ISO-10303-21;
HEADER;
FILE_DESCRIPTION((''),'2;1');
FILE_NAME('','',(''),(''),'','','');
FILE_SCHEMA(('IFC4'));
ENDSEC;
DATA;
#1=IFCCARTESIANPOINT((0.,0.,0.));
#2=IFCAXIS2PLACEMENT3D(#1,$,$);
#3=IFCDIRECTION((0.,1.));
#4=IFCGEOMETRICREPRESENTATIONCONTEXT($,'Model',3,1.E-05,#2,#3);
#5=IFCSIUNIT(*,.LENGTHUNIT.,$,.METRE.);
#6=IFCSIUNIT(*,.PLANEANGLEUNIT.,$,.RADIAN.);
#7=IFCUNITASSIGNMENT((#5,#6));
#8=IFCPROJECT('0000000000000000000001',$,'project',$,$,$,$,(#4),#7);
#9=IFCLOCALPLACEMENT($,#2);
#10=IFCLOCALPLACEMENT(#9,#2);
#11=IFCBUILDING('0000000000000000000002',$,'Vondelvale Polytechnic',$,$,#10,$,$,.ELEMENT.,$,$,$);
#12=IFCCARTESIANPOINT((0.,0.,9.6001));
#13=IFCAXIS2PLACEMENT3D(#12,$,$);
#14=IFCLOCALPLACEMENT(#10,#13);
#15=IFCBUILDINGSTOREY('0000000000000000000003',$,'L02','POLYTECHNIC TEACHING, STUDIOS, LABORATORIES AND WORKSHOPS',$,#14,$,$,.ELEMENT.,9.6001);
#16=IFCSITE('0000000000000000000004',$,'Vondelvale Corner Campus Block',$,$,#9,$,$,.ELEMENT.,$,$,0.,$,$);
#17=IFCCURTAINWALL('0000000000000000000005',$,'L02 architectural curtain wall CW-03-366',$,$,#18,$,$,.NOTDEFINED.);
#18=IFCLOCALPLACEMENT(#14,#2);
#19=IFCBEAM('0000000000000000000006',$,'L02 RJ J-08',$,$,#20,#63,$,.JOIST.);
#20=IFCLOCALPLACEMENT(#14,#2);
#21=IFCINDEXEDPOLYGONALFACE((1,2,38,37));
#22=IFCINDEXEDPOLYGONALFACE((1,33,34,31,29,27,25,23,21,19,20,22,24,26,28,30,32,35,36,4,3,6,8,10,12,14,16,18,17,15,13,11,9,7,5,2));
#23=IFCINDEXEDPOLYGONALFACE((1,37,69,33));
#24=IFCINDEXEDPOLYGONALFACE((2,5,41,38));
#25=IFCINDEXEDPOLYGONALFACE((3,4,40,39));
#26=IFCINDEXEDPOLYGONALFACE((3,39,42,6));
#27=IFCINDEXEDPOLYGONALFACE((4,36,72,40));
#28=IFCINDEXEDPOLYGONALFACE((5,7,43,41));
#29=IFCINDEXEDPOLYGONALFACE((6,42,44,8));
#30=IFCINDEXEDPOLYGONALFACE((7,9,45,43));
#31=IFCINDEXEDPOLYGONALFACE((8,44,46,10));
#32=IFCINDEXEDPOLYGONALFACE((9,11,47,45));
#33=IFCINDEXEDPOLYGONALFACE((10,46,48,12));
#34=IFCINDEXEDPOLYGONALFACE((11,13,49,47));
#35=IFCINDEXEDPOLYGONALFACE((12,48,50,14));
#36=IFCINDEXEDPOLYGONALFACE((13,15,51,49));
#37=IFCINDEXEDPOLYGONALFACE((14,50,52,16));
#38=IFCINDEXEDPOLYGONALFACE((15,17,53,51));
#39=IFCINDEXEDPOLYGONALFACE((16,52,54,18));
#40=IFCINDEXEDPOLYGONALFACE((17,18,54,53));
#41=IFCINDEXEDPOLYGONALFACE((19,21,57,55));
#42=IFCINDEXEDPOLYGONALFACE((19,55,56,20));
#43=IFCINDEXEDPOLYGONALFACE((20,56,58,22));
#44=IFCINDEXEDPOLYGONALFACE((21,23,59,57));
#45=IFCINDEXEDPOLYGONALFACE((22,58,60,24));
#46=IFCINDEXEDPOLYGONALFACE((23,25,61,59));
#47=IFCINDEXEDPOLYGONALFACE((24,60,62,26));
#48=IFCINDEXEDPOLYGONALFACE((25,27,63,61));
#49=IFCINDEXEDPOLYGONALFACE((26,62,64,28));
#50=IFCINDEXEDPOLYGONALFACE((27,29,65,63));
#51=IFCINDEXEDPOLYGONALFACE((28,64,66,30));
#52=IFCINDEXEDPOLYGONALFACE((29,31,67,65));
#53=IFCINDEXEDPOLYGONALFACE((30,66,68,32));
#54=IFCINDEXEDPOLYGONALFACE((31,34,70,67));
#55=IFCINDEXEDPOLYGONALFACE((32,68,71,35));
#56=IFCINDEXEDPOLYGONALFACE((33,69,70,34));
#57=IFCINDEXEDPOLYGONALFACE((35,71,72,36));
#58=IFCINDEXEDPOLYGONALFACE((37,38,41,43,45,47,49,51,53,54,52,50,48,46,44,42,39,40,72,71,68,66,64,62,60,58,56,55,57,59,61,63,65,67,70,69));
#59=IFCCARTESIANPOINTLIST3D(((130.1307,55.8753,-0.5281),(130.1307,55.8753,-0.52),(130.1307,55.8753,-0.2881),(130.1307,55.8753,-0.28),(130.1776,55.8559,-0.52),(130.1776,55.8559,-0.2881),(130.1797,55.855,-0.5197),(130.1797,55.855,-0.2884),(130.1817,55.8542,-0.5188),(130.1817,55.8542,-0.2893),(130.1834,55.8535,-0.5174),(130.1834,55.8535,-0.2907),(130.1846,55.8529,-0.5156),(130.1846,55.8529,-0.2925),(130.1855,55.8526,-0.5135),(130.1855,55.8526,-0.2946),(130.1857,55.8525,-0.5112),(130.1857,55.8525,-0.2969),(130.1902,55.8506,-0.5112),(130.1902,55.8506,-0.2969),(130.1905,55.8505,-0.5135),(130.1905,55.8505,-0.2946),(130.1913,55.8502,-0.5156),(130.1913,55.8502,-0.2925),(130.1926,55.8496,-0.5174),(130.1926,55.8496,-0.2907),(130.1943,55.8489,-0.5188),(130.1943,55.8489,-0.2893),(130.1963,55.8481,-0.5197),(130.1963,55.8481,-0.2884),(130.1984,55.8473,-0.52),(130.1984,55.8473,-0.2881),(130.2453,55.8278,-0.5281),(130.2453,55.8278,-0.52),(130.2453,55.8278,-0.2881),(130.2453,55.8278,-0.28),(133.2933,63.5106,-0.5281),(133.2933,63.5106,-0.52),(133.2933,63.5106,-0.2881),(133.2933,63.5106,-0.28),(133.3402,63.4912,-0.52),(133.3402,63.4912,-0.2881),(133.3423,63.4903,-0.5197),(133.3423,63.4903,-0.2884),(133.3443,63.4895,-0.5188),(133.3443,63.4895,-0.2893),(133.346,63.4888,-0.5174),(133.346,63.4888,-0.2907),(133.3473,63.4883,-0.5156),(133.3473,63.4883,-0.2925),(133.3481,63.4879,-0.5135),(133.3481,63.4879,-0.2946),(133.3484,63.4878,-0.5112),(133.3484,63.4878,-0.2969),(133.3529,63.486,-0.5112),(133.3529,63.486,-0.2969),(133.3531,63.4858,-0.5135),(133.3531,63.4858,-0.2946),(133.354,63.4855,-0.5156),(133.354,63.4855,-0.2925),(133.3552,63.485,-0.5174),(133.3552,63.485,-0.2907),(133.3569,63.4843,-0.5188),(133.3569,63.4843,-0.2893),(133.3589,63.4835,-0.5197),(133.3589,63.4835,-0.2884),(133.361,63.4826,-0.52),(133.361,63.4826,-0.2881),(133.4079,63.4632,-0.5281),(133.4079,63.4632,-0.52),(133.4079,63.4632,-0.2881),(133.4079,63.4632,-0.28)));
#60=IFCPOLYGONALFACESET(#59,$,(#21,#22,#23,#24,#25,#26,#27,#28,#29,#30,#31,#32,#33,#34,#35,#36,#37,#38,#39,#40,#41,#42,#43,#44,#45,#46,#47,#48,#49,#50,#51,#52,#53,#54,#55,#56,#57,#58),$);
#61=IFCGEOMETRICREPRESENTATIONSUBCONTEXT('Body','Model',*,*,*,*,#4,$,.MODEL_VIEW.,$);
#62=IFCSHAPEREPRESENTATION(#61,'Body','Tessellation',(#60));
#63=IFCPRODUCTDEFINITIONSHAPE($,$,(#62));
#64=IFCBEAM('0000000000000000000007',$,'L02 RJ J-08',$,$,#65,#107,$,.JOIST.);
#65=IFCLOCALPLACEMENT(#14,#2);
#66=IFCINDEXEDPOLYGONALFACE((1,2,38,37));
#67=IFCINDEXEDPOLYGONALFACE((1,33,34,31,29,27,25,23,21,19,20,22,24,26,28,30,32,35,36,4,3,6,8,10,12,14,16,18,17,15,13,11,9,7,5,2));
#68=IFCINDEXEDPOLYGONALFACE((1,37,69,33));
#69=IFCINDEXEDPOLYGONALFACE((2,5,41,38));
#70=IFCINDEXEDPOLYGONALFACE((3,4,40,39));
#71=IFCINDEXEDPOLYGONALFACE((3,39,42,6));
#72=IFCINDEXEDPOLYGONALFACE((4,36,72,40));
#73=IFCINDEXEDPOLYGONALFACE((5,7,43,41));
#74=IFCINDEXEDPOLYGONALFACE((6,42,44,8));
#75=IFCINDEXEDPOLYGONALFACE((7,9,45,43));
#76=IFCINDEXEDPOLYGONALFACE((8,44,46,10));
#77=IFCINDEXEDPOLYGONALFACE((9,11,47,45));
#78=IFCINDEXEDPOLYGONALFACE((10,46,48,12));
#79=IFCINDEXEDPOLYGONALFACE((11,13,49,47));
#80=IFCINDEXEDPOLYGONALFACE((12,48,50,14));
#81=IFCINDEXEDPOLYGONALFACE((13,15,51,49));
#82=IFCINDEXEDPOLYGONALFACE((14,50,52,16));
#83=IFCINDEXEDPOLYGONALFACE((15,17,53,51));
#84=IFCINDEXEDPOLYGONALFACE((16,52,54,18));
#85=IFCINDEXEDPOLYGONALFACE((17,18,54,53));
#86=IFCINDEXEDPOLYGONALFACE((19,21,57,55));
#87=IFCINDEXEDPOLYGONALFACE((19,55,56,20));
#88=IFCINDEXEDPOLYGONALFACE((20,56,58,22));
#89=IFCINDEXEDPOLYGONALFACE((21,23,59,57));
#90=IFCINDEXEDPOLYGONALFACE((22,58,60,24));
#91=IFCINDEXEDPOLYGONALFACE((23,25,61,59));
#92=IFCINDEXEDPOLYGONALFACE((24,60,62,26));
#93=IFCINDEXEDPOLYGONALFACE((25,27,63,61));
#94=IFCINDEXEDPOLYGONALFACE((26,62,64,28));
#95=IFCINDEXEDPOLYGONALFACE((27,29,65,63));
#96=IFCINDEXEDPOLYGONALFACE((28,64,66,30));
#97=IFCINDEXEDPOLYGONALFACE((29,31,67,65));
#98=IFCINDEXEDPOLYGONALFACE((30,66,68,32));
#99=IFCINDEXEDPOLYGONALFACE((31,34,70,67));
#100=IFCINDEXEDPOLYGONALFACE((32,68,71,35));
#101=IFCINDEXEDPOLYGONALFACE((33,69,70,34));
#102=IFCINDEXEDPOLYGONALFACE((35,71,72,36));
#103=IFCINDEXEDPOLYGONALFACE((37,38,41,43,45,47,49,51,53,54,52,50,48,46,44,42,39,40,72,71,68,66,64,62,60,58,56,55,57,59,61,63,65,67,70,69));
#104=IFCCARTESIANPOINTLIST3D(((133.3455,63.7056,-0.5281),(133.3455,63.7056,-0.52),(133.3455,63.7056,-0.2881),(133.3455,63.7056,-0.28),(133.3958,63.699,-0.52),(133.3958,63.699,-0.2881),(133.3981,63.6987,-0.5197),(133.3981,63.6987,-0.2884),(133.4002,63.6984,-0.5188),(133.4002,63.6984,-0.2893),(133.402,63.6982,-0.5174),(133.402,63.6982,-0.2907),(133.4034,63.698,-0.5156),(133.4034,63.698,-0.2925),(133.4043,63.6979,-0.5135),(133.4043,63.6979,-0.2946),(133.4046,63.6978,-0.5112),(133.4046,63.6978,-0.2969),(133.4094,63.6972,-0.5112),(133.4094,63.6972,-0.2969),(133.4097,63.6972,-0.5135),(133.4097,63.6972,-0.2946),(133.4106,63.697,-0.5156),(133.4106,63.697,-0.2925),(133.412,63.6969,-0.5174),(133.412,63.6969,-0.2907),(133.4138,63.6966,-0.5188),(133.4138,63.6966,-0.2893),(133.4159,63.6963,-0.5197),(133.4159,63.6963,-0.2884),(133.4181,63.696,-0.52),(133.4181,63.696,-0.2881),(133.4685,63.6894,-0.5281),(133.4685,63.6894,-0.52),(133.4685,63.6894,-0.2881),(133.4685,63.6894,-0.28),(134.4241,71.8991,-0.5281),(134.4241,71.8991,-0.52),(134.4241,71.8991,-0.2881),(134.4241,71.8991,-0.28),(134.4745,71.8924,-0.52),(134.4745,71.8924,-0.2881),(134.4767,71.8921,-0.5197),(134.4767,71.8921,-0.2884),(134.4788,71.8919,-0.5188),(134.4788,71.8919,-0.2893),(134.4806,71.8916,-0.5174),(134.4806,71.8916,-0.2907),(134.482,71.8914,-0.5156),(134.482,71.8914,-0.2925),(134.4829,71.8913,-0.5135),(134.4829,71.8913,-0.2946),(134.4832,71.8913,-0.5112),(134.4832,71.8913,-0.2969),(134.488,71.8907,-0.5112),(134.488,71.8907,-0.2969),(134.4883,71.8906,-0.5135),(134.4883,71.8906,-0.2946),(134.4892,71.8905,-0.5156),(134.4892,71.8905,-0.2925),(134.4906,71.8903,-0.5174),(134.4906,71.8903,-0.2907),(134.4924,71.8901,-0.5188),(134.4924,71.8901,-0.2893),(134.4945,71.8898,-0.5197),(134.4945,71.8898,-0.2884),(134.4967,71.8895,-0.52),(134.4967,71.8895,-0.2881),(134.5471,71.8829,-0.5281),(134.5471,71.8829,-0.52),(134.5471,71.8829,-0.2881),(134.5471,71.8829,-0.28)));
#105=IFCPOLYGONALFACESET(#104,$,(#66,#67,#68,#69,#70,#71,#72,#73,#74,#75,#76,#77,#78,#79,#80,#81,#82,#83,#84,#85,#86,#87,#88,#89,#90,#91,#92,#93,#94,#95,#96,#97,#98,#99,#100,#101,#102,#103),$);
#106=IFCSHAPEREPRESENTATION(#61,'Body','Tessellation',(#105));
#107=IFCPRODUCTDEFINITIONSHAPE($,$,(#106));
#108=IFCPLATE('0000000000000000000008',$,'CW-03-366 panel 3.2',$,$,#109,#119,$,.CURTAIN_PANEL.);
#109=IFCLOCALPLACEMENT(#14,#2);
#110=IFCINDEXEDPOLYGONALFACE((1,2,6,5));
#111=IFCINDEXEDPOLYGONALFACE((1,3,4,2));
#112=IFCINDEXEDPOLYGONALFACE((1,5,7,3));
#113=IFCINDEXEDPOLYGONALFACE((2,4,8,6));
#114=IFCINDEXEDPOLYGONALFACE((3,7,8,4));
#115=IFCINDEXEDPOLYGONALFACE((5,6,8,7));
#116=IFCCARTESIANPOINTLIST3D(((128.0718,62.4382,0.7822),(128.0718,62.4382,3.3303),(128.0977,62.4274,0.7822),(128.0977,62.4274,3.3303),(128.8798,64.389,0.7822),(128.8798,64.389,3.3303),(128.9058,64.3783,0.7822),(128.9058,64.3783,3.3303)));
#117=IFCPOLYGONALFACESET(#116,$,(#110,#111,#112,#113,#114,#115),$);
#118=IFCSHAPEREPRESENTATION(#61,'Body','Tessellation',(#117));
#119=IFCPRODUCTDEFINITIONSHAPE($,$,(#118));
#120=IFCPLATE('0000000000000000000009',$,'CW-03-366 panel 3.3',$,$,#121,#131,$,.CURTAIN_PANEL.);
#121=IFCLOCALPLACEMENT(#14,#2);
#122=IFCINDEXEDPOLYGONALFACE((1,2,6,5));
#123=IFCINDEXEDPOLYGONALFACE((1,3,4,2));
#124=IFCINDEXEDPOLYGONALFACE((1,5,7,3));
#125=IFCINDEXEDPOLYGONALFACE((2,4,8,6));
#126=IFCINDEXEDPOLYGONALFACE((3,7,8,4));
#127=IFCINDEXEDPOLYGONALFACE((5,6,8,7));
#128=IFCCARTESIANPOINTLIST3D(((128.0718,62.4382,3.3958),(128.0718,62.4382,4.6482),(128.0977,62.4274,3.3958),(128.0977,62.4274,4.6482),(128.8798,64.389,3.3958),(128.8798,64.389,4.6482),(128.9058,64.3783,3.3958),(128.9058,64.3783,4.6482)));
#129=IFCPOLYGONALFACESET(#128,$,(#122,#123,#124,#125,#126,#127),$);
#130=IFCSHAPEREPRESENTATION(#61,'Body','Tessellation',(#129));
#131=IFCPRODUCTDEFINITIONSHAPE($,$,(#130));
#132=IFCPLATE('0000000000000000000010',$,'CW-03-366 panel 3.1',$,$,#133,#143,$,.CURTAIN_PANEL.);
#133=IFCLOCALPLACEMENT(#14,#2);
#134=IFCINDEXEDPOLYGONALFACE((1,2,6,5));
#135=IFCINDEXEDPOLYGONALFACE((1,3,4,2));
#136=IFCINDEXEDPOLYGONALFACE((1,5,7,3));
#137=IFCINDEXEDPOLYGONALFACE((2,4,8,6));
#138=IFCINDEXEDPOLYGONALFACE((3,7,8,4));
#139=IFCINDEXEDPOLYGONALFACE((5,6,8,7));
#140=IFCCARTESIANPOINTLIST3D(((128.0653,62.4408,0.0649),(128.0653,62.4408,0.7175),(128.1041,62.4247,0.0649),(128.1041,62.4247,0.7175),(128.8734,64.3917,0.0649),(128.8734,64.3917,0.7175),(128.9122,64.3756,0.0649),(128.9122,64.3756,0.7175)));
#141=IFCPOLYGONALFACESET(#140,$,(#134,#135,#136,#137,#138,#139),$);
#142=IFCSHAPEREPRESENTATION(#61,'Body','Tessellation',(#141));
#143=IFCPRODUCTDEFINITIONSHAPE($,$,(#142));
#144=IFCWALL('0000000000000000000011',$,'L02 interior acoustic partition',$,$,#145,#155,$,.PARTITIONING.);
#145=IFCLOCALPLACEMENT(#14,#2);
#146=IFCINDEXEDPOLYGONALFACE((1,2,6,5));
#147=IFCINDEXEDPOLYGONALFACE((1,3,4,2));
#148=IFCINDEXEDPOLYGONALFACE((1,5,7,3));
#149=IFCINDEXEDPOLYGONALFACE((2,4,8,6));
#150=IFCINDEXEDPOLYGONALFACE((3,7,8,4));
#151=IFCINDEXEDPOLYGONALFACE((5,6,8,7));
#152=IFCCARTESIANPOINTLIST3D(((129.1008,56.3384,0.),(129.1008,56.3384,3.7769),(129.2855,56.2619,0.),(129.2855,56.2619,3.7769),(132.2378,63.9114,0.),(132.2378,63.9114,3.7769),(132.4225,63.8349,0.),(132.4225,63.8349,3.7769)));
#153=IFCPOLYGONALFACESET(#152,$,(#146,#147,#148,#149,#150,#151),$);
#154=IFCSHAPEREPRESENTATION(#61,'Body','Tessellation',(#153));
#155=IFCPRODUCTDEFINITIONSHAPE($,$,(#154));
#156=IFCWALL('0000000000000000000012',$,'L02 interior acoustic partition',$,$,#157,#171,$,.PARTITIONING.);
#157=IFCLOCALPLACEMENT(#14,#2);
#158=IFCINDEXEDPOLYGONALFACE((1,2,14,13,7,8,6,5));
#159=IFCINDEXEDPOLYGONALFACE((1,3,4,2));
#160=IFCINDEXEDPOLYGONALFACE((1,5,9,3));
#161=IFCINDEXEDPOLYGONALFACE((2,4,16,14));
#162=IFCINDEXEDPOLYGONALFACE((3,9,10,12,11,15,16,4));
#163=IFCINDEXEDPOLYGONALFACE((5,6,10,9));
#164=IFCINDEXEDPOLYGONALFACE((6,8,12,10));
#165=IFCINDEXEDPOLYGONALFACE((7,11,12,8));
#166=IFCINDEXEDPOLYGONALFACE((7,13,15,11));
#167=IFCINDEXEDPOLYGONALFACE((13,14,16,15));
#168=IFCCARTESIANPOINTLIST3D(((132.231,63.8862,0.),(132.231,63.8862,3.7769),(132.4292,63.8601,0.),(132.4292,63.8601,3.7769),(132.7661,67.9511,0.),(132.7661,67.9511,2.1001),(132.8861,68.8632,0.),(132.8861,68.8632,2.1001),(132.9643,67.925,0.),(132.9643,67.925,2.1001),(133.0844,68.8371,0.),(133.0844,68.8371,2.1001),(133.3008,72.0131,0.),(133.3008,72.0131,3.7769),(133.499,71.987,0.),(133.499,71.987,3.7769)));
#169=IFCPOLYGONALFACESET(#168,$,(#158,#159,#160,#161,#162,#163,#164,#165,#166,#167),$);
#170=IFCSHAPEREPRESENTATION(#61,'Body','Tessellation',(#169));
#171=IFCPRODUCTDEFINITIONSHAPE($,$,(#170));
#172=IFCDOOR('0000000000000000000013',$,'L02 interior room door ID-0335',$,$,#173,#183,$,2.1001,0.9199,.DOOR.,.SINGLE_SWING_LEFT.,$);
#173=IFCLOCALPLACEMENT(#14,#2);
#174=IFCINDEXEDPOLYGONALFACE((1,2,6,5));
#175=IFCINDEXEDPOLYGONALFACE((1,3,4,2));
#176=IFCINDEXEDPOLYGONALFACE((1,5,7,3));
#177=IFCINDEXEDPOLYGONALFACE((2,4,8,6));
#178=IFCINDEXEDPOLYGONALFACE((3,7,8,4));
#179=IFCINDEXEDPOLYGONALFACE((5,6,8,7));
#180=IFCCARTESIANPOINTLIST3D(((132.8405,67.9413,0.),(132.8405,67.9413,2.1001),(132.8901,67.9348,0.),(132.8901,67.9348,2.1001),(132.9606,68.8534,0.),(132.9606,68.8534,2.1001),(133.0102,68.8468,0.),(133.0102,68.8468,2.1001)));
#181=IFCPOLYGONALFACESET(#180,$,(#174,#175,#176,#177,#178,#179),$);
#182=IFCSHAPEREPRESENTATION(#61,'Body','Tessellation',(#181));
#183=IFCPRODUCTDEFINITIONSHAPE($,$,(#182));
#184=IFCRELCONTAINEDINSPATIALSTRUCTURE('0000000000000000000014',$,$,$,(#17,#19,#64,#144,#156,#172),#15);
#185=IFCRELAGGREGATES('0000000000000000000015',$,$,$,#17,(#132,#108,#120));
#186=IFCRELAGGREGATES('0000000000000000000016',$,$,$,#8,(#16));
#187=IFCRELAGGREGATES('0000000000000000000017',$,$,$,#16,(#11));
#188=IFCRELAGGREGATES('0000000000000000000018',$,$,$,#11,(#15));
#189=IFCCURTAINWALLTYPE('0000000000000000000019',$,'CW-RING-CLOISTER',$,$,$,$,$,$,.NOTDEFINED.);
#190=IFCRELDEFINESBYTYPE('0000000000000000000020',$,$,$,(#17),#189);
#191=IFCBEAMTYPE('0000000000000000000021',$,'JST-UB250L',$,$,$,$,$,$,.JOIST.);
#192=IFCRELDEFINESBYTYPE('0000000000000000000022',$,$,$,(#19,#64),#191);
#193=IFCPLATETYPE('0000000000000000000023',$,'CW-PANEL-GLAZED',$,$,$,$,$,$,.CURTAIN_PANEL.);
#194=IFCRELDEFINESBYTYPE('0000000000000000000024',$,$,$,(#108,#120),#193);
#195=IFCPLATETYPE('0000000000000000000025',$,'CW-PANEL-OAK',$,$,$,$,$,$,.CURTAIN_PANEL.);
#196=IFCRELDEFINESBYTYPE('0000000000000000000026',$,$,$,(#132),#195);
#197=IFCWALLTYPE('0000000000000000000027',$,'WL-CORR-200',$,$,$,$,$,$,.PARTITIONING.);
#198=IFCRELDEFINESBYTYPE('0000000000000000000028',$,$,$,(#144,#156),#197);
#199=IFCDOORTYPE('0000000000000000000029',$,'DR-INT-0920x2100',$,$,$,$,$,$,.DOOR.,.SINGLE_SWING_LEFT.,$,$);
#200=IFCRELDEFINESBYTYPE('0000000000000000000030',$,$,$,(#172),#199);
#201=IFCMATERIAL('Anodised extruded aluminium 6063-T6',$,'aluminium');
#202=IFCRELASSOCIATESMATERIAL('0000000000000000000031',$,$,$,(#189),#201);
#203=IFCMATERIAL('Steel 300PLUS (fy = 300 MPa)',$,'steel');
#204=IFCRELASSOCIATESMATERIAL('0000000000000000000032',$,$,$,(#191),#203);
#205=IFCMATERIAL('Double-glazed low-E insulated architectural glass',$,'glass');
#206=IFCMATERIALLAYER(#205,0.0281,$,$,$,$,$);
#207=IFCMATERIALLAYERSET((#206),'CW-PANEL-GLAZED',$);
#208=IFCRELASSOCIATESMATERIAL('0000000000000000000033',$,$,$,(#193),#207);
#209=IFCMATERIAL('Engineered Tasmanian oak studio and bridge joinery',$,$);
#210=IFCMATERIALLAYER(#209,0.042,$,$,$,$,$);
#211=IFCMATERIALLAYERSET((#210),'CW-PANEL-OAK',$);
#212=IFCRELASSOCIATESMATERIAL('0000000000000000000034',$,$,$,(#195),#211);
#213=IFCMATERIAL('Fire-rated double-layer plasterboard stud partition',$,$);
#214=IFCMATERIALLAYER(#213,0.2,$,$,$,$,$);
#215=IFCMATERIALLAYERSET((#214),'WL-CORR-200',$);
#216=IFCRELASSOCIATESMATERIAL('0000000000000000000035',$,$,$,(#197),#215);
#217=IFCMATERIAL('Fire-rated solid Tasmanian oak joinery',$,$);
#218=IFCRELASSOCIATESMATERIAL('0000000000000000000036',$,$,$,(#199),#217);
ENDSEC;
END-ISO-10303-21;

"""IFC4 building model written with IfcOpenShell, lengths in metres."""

from ifc_helpers import new_model, si_unit, direction, frame, frame_2d, origin, origin_2d, place, context, subcontext, project, spatial, rectangle, i_section, extrude, material, layer, layer_set, material_profile, profile_set, type_object, element, fill, aggregate, save


model = new_model("IFC4")

# Units and contexts
model_context = context("Model", 3, precision=1e-05, world=origin(), true_north=direction((0.0, 1.0)))
body_context = subcontext(model_context, "Body", "Model", "MODEL_VIEW")
ifc_project = project(units=[si_unit("LENGTHUNIT", "METRE"), si_unit("PLANEANGLEUNIT", "RADIAN")], contexts=[model_context])

# Site, building, storey
site_placement = place(None, origin())
site = spatial("IfcSite", under=ifc_project, at=site_placement, Name="Vondelvale Corner Campus Block", CompositionType="ELEMENT", RefElevation=0.0)
building_placement = place(site_placement, origin())
building = spatial("IfcBuilding", under=site, at=building_placement, Name="Vondelvale Polytechnic", CompositionType="ELEMENT")
storey_placement = place(building_placement, frame((0.0, 0.0, 9.6001)))
storey = spatial("IfcBuildingStorey", under=building, at=storey_placement, Name="L02", Description="POLYTECHNIC TEACHING, STUDIOS, LABORATORIES AND WORKSHOPS", CompositionType="ELEMENT", Elevation=9.6001)

# Shared definitions
ifc_material_1 = material(Name="Steel 300PLUS (fy = 300 MPa)", Category="steel")

# Curtain wall
ifc_material_2 = material(Name="Anodised extruded aluminium 6063-T6", Category="aluminium")
curtain_wall_type = type_object("IfcCurtainWallType", Name="CW-RING-CLOISTER", PredefinedType="NOTDEFINED", material=ifc_material_2)
curtain_wall_placement = place(storey_placement, origin())
curtain_wall = element("IfcCurtainWall", 1, at=curtain_wall_placement, inside=storey, type_object=curtain_wall_type, Name="L02 architectural curtain wall CW-03-366", PredefinedType="NOTDEFINED")

# Beams
ifc_material_profile_1 = material_profile(ifc_material_1, i_section(OverallWidth=0.124, OverallDepth=0.248, WebThickness=0.0049, FlangeThickness=0.0081, FilletRadius=0.0088, at=origin_2d()), Name="250UB25.7")
ifc_profile_set_1 = profile_set([ifc_material_profile_1], Name="Steel 300PLUS (fy = 300 MPa)")
beam_type_1 = type_object("IfcBeamType", Name="JST-UB250L", PredefinedType="JOIST", material=ifc_profile_set_1)
beam_1_placement = place(storey_placement, frame((130.188, 55.8516, -0.4041), z_axis=(0.382681, 0.923881, 0.0), x_axis=(-0.923881, 0.382681, 0.0)))
element("IfcBeam", 2, at=beam_1_placement, inside=storey, type_object=beam_type_1, Name="L02 RJ J-08", PredefinedType="JOIST", context=body_context, shape_type="SweptSolid", body=[
    extrude(i_section(OverallWidth=0.124, OverallDepth=0.248, WebThickness=0.0049, FlangeThickness=0.0081, FilletRadius=0.0088, at=origin_2d()), origin(), (0.0, 0.0, 1.0), 8.2644),
])
beam_2_placement = place(storey_placement, frame((133.407, 63.6975, -0.4041), z_axis=(0.130519, 0.991446, 0.0), x_axis=(-0.991446, 0.130519, 0.0)))
element("IfcBeam", 3, at=beam_2_placement, inside=storey, type_object=beam_type_1, Name="L02 RJ J-08", PredefinedType="JOIST", context=body_context, shape_type="SweptSolid", body=[
    extrude(i_section(OverallWidth=0.124, OverallDepth=0.248, WebThickness=0.0049, FlangeThickness=0.0081, FilletRadius=0.0088, at=origin_2d()), origin(), (0.0, 0.0, 1.0), 8.2642),
])

# Plates
ifc_material_3 = material(Name="Double-glazed low-E insulated architectural glass", Category="glass")
ifc_layer_1 = layer(ifc_material_3, 0.0281)
ifc_layer_set_1 = layer_set([ifc_layer_1], Name="CW-PANEL-GLAZED")
plate_type_1 = type_object("IfcPlateType", Name="CW-PANEL-GLAZED", PredefinedType="CURTAIN_PANEL", material=ifc_layer_set_1)
plate_1_placement = place(storey_placement, frame((128.4888, 63.4082, 0.7822), z_axis=(0.0, 0.0, 1.0), x_axis=(0.382679, 0.923882, 0.0)))
plate_1 = element("IfcPlate", 4, at=plate_1_placement, type_object=plate_type_1, Name="CW-03-366 panel 3.2", PredefinedType="CURTAIN_PANEL", context=body_context, shape_type="SweptSolid", body=[
    extrude(rectangle(XDim=2.1116, YDim=0.0281, at=origin_2d()), origin(), (0.0, 0.0, 1.0), 2.5481),
])
plate_2_placement = place(storey_placement, frame((128.4888, 63.4082, 3.3958), z_axis=(0.0, 0.0, 1.0), x_axis=(0.382679, 0.923882, 0.0)))
plate_2 = element("IfcPlate", 5, at=plate_2_placement, type_object=plate_type_1, Name="CW-03-366 panel 3.3", PredefinedType="CURTAIN_PANEL", context=body_context, shape_type="SweptSolid", body=[
    extrude(rectangle(XDim=2.1116, YDim=0.0281, at=origin_2d()), origin(), (0.0, 0.0, 1.0), 1.2524),
])
ifc_material_4 = material(Name="Engineered Tasmanian oak studio and bridge joinery")
ifc_layer_2 = layer(ifc_material_4, 0.042)
ifc_layer_set_2 = layer_set([ifc_layer_2], Name="CW-PANEL-OAK")
plate_type_2 = type_object("IfcPlateType", Name="CW-PANEL-OAK", PredefinedType="CURTAIN_PANEL", material=ifc_layer_set_2)
plate_3_placement = place(storey_placement, frame((128.4888, 63.4082, 0.0649), z_axis=(0.0, 0.0, 1.0), x_axis=(0.382679, 0.923882, 0.0)))
plate_3 = element("IfcPlate", 6, at=plate_3_placement, type_object=plate_type_2, Name="CW-03-366 panel 3.1", PredefinedType="CURTAIN_PANEL", context=body_context, shape_type="SweptSolid", body=[
    extrude(rectangle(XDim=2.1116, YDim=0.042, at=origin_2d()), origin(), (0.0, 0.0, 1.0), 0.6526),
])
aggregate(curtain_wall, [plate_3, plate_1, plate_2])

# Wall
ifc_material_5 = material(Name="Fire-rated double-layer plasterboard stud partition")
ifc_layer_3 = layer(ifc_material_5, 0.2)
ifc_layer_set_3 = layer_set([ifc_layer_3], Name="WL-CORR-200")
wall_type_1 = type_object("IfcWallType", Name="WL-CORR-200", PredefinedType="PARTITIONING", material=ifc_layer_set_3)
wall_1_placement = place(storey_placement, frame((129.1931, 56.3, 0.0), z_axis=(0.0, 0.0, 1.0), x_axis=(0.382696, 0.923874, 0.0)))
element("IfcWall", 7, at=wall_1_placement, inside=storey, type_object=wall_type_1, Name="L02 interior acoustic partition", PredefinedType="PARTITIONING", context=body_context, shape_type="SweptSolid", body=[
    extrude(rectangle(XDim=8.197, YDim=0.2, at=frame_2d((4.0986, 0.0))), origin(), (0.0, 0.0, 1.0), 3.7769),
])

# Wall, opening, door
wall_2_placement = place(storey_placement, frame((132.3301, 63.873, 0.0), z_axis=(0.0, 0.0, 1.0), x_axis=(0.130513, 0.991447, 0.0)))
wall_2 = element("IfcWall", 8, at=wall_2_placement, inside=storey, type_object=wall_type_1, Name="L02 interior acoustic partition", PredefinedType="PARTITIONING", context=body_context, shape_type="SweptSolid", body=[
    extrude(rectangle(XDim=8.197, YDim=0.2, at=frame_2d((4.0986, 0.0))), origin(), (0.0, 0.0, 1.0), 3.7769),
])
opening_placement = place(wall_2_placement, frame((4.1001, 0.0, 0.0)))
opening = element("IfcOpeningElement", 9, at=opening_placement, cuts=wall_2, PredefinedType="OPENING", context=body_context, shape_type="SweptSolid", body=[
    extrude(rectangle(XDim=0.9199, YDim=2.1001, at=frame_2d((0.46, 1.05))), frame((0.0, 0.1099, 0.0), z_axis=(0.0, -1.0, 0.0), x_axis=(1.0, 0.0, 0.0)), (0.0, 0.0, 1.0), 0.22),
])
ifc_material_6 = material(Name="Fire-rated solid Tasmanian oak joinery")
door_type = type_object("IfcDoorType", Name="DR-INT-0920x2100", OperationType="SINGLE_SWING_LEFT", PredefinedType="DOOR", material=ifc_material_6)
door_placement = place(opening_placement, origin())
door = element("IfcDoor", 10, at=door_placement, inside=storey, type_object=door_type, Name="L02 interior room door ID-0335", OperationType="SINGLE_SWING_LEFT", OverallHeight=2.1001, OverallWidth=0.9199, PredefinedType="DOOR", context=body_context, shape_type="SweptSolid", body=[
    extrude(rectangle(XDim=0.9199, YDim=2.1001, at=frame_2d((0.46, 1.05))), frame((0.0, 0.0249, 0.0), z_axis=(0.0, -1.0, 0.0), x_axis=(1.0, 0.0, 0.0)), (0.0, 0.0, 1.0), 0.05),
])
fill(opening, door)

save(model, "model.ifc")
